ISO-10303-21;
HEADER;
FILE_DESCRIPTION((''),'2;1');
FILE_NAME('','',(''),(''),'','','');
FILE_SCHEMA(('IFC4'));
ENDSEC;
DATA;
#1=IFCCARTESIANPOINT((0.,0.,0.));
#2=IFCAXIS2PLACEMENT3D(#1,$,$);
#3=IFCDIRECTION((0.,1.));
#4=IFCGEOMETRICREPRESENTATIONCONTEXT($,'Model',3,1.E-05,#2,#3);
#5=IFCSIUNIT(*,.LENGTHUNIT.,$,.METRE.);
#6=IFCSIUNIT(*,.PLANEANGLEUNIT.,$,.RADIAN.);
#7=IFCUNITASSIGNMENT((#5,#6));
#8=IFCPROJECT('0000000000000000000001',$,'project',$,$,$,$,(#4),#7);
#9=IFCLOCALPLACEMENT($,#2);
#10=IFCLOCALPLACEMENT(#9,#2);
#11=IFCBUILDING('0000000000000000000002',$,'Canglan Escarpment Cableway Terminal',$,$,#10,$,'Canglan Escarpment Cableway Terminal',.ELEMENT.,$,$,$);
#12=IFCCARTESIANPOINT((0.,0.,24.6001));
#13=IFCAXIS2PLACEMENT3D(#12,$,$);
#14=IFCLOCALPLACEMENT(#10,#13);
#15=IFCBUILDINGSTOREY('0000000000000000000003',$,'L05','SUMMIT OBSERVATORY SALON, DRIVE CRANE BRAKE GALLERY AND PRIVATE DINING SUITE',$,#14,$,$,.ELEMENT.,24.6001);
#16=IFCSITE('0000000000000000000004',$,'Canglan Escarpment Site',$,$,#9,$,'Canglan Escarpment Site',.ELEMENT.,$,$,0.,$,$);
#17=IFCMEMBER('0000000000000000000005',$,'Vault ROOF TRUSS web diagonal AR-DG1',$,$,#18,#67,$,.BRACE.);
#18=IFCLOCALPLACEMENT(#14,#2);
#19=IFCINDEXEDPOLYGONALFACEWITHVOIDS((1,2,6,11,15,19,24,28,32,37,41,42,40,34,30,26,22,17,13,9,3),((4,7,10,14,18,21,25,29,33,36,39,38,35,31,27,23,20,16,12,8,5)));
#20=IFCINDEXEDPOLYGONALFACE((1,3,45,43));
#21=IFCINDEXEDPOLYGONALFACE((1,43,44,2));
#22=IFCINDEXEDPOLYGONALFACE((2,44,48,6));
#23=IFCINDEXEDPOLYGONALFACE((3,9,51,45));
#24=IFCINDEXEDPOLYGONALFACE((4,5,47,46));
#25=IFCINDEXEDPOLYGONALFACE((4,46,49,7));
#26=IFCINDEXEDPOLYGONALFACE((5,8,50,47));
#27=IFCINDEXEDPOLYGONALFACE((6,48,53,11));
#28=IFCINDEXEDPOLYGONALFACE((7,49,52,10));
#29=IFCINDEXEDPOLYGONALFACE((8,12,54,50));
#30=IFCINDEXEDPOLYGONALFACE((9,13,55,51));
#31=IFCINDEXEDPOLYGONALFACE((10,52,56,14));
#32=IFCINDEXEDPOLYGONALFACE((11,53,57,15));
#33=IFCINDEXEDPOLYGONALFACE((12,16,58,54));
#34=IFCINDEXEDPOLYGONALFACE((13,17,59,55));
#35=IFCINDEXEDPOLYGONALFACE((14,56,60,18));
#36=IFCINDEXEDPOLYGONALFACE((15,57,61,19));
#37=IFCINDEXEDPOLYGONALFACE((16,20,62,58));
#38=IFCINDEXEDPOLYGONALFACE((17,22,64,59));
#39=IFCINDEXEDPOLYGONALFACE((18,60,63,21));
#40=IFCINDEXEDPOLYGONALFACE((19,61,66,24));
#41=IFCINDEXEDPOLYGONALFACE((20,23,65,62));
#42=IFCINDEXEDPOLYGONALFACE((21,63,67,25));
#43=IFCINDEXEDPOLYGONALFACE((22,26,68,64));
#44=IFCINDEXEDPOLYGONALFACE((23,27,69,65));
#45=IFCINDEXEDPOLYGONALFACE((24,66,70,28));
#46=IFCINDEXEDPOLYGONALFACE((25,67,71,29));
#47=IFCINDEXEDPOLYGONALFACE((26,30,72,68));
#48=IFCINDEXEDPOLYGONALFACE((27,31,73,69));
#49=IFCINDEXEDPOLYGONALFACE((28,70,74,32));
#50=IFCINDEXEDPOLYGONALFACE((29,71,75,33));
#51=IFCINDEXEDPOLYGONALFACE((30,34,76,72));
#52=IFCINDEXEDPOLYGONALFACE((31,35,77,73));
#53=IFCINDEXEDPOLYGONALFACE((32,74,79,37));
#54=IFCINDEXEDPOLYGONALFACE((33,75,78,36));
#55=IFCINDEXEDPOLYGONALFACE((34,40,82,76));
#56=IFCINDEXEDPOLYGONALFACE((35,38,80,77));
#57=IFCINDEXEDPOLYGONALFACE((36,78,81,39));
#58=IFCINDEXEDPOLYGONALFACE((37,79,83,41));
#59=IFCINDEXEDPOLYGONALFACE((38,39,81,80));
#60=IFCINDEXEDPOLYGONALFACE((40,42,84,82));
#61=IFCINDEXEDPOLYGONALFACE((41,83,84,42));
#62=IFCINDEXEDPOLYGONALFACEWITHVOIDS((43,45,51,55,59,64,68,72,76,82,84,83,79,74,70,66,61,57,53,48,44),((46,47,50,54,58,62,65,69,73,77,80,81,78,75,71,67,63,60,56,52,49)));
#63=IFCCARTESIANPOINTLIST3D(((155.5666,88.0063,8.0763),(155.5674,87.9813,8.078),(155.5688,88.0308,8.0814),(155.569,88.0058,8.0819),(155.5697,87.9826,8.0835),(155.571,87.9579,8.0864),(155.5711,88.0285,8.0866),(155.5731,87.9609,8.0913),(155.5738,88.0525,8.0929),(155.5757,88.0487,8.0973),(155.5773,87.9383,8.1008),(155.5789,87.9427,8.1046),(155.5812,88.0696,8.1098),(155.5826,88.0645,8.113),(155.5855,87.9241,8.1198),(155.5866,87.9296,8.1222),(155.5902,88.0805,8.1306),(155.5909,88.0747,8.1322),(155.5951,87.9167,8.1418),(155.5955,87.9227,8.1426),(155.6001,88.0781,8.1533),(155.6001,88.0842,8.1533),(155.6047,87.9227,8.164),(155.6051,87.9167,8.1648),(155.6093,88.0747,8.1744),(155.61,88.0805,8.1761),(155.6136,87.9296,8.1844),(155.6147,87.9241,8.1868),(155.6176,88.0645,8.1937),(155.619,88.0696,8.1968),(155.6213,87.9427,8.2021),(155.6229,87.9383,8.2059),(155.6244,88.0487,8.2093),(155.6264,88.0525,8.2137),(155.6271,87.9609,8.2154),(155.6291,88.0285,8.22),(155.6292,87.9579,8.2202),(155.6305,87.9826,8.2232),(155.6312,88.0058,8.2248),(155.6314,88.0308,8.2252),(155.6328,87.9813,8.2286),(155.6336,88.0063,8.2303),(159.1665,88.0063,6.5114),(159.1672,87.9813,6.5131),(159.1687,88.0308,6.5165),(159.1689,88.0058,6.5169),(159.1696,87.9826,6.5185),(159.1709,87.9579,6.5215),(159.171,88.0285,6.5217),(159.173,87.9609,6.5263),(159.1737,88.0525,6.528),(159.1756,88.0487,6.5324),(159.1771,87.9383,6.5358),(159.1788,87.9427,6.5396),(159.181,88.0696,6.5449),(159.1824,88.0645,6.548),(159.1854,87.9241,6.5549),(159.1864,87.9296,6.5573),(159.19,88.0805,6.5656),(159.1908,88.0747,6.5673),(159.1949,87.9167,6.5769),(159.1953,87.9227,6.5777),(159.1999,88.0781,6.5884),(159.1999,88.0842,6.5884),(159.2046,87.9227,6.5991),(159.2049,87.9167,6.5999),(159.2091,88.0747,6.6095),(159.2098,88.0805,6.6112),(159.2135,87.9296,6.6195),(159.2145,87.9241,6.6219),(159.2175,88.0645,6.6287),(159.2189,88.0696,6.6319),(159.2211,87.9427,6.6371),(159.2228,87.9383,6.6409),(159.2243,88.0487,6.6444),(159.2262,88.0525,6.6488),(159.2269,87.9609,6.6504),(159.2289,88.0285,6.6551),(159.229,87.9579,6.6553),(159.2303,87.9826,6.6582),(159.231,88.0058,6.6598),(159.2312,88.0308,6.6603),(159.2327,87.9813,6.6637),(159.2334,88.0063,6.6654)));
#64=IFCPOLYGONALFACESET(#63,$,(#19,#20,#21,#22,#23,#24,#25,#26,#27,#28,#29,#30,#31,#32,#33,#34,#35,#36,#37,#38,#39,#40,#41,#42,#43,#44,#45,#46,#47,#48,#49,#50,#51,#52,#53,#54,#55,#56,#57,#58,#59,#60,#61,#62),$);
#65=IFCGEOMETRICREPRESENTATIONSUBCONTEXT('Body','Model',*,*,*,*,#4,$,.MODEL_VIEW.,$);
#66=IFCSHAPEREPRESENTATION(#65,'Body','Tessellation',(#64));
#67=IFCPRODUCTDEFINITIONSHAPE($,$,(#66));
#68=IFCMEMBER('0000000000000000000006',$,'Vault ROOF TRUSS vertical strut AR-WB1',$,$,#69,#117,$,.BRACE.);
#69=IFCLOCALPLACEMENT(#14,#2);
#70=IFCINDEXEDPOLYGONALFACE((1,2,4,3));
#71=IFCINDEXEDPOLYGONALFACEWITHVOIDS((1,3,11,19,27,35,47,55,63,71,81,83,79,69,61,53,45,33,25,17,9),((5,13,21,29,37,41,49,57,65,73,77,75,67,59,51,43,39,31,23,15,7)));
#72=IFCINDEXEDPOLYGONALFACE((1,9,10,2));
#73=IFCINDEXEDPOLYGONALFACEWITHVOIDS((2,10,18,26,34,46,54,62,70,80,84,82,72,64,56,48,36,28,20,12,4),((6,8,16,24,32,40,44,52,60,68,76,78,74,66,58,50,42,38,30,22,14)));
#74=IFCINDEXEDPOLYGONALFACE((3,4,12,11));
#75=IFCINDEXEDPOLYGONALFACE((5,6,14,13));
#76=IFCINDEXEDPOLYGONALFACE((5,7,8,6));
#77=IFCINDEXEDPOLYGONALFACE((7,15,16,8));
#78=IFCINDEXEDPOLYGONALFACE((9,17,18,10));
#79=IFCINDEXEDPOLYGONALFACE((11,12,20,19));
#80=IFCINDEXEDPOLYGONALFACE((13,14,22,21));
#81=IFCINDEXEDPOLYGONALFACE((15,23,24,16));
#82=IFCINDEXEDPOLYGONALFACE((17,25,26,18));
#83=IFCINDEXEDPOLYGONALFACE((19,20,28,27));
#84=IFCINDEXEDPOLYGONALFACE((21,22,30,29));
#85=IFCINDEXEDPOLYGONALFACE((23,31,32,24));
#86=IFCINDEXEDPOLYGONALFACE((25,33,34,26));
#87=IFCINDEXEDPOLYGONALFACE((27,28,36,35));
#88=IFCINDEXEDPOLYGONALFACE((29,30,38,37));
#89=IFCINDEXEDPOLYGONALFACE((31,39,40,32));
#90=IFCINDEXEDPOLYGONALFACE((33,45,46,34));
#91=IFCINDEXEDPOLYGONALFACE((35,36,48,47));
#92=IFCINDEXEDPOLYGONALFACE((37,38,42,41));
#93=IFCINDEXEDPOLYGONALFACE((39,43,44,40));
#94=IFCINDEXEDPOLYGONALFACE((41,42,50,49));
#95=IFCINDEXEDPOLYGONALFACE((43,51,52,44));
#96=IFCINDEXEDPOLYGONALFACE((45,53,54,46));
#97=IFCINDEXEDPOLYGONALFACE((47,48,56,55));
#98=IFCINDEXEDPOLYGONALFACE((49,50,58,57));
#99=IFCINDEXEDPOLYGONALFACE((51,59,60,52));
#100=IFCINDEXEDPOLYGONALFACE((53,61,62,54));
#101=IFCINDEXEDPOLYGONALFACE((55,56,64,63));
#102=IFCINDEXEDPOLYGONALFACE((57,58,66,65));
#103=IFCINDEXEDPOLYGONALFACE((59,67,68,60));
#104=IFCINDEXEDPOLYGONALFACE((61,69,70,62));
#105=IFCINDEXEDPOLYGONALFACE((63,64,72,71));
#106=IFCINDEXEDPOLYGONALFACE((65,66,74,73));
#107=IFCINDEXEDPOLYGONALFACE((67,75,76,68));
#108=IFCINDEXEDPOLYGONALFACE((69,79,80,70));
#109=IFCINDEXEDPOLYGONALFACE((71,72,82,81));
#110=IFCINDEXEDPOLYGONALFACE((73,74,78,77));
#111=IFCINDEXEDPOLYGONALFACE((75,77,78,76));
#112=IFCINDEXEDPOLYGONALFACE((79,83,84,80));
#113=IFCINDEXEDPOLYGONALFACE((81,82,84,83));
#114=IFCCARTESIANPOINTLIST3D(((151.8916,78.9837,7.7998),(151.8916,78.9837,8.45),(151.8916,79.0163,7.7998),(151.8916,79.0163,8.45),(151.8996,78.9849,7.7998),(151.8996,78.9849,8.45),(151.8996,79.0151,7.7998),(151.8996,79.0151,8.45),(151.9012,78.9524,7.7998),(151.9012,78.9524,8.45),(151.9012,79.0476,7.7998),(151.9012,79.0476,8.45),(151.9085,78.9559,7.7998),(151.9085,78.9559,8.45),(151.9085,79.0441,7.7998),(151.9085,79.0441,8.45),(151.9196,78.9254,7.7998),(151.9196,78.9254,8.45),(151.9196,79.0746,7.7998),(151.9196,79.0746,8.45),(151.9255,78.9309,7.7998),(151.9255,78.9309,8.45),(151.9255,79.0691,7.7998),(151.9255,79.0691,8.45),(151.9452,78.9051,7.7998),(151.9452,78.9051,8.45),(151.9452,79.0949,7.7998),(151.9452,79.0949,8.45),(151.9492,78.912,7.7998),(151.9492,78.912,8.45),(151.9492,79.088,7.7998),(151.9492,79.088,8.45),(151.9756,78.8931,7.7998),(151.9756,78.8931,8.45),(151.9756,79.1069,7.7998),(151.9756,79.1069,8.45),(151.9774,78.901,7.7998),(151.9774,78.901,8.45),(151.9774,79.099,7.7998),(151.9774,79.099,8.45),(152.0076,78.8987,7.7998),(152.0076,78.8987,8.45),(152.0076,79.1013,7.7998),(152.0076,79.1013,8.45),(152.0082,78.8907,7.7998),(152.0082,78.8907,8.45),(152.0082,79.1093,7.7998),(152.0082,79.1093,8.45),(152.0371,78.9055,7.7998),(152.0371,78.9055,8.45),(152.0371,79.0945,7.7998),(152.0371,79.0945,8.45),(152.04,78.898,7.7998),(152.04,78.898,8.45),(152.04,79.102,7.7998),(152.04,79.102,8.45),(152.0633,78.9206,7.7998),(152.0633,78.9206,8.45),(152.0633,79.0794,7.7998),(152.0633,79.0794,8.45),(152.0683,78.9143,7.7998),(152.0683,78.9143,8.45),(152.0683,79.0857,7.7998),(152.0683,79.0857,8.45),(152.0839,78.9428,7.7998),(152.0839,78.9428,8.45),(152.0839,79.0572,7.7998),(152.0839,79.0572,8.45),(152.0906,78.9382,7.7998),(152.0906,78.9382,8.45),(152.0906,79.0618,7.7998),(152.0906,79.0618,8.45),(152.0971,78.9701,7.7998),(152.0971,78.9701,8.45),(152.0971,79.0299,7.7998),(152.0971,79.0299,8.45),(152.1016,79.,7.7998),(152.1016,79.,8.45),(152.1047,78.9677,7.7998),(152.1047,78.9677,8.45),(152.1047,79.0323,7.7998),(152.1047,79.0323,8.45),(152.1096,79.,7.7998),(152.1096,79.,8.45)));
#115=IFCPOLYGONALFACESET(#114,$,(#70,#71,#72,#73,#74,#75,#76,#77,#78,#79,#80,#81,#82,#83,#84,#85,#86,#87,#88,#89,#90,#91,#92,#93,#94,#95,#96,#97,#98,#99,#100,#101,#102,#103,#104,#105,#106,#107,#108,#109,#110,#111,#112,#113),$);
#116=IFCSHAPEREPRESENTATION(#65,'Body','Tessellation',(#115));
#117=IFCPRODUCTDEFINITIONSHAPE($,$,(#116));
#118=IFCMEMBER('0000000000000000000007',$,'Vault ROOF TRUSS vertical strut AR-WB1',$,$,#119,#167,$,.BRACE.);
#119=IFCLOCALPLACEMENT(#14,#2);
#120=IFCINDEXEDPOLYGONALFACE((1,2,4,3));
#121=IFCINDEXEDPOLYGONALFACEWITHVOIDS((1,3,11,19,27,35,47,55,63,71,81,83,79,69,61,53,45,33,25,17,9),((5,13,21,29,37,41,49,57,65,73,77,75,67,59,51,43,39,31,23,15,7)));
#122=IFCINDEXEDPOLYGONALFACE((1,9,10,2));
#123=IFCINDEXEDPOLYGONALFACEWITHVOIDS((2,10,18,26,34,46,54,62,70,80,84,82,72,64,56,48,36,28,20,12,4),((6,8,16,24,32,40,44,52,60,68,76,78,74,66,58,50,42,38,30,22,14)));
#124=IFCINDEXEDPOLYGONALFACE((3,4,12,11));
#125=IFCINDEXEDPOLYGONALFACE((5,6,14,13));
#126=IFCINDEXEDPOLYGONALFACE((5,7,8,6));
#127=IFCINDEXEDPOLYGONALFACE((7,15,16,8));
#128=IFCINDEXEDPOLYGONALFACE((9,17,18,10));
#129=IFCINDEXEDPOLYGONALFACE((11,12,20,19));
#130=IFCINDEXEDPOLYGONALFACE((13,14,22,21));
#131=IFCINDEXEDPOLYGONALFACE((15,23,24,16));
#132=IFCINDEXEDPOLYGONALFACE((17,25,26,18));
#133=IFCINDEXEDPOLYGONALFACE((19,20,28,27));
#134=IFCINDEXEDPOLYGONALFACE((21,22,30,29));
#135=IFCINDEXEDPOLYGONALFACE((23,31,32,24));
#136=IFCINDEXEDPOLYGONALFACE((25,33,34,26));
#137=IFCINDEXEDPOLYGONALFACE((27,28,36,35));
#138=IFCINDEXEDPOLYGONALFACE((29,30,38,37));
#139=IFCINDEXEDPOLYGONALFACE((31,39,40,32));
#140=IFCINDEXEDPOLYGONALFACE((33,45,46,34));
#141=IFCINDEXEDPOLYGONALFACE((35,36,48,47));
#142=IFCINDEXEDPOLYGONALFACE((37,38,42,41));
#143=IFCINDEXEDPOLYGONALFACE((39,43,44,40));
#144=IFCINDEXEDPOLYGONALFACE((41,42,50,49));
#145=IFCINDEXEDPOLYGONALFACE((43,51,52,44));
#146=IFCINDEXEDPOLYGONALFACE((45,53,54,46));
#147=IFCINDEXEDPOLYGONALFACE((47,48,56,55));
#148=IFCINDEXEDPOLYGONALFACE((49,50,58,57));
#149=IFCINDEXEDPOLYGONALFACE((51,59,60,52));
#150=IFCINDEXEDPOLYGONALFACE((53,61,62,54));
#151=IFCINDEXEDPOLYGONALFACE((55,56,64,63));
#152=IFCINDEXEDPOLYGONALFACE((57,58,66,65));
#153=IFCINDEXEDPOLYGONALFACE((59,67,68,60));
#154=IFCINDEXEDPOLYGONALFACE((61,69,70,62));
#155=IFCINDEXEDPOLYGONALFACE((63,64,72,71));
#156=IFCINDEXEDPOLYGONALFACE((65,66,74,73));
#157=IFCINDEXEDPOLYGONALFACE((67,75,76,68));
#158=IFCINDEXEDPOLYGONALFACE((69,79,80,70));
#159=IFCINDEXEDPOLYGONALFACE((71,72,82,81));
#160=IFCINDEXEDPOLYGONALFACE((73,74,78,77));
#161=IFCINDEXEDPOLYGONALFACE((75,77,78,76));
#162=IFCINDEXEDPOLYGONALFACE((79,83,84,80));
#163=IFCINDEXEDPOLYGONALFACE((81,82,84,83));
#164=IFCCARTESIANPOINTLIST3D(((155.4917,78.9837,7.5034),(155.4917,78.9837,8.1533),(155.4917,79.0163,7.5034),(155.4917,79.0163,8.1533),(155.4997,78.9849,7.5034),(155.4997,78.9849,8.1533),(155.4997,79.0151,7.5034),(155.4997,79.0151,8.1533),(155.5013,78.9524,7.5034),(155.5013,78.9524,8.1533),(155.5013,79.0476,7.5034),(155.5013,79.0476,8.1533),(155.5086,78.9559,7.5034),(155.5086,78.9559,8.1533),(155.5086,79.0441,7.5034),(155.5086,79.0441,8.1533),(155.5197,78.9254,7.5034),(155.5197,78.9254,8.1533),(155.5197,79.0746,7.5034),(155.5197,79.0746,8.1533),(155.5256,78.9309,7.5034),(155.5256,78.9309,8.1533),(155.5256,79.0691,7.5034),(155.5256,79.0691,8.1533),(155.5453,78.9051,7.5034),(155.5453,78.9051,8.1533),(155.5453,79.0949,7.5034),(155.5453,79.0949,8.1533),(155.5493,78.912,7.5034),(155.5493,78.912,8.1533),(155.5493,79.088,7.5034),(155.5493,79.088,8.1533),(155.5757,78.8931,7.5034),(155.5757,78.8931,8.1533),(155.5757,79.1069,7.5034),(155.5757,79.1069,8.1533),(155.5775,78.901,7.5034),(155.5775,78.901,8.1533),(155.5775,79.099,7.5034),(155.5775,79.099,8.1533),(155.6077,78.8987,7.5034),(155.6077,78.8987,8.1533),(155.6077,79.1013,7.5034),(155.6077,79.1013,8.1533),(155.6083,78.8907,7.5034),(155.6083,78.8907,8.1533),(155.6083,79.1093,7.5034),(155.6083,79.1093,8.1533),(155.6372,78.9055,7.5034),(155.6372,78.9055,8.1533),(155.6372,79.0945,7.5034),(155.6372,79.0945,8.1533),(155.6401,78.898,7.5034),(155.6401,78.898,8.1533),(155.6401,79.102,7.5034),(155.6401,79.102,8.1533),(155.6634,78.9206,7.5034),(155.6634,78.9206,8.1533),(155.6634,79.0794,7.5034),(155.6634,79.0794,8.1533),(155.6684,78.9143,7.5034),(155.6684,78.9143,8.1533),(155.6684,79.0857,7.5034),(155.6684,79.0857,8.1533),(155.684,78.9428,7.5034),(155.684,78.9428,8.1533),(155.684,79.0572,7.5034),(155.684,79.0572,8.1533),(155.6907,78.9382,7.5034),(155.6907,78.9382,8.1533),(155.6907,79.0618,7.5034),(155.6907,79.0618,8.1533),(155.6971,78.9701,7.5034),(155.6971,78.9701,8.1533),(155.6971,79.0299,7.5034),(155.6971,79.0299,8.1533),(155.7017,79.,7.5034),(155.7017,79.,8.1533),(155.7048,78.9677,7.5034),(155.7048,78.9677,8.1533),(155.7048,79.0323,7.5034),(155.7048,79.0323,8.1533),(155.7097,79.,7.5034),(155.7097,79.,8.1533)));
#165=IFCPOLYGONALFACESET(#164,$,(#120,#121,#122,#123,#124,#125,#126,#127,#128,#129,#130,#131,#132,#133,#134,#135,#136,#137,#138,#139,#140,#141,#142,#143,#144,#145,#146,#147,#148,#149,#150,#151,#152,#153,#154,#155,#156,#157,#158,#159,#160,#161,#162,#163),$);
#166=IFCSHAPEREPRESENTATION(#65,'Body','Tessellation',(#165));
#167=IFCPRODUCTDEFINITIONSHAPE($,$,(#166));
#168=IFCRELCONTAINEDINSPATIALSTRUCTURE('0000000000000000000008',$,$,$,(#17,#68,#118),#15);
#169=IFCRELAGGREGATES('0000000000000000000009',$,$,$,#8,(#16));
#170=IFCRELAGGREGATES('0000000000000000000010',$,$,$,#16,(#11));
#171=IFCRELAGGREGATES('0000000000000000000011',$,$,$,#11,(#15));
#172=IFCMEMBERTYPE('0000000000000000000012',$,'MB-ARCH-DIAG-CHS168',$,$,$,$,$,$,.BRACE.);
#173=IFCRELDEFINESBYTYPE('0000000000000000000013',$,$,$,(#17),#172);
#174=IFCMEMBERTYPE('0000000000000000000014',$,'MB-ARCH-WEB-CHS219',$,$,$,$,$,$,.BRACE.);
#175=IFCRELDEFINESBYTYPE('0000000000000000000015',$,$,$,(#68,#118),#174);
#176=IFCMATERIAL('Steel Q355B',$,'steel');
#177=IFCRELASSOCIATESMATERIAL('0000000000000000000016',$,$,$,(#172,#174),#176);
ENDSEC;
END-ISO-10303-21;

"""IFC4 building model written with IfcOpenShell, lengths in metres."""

from ifc_helpers import new_model, si_unit, direction, frame, origin, origin_2d, place, context, subcontext, project, spatial, hollow_circle, extrude, material, material_profile, profile_set, type_object, element, save


model = new_model("IFC4")

# Units and contexts
model_context = context("Model", 3, precision=1e-05, world=origin(), true_north=direction((0.0, 1.0)))
body_context = subcontext(model_context, "Body", "Model", "MODEL_VIEW")
ifc_project = project(units=[si_unit("LENGTHUNIT", "METRE"), si_unit("PLANEANGLEUNIT", "RADIAN")], contexts=[model_context])

# Site, building, storey
site_placement = place(None, origin())
site = spatial("IfcSite", under=ifc_project, at=site_placement, Name="Canglan Escarpment Site", LongName="Canglan Escarpment Site", CompositionType="ELEMENT", RefElevation=0.0)
building_placement = place(site_placement, origin())
building = spatial("IfcBuilding", under=site, at=building_placement, Name="Canglan Escarpment Cableway Terminal", LongName="Canglan Escarpment Cableway Terminal", CompositionType="ELEMENT")
storey_placement = place(building_placement, frame((0.0, 0.0, 24.6001)))
storey = spatial("IfcBuildingStorey", under=building, at=storey_placement, Name="L05", Description="SUMMIT OBSERVATORY SALON, DRIVE CRANE BRAKE GALLERY AND PRIVATE DINING SUITE", CompositionType="ELEMENT", Elevation=24.6001)

# Shared definitions
ifc_material = material(Name="Steel Q355B", Category="steel")

# Members
ifc_material_profile_1 = material_profile(ifc_material, hollow_circle(Radius=0.0842, WallThickness=0.0061, at=origin_2d()), Name="CHS 168.3x6")
ifc_profile_set_1 = profile_set([ifc_material_profile_1], Name="Steel Q355B")
member_type_1 = type_object("IfcMemberType", Name="MB-ARCH-DIAG-CHS168", PredefinedType="BRACE", material=ifc_profile_set_1)
member_1_placement = place(storey_placement, frame((155.6001, 88.0, 8.1533), z_axis=(0.91709, 0.0, -0.398681), x_axis=(0.0, 1.0, 0.0)))
element("IfcMember", 1, at=member_1_placement, inside=storey, type_object=member_type_1, Name="Vault ROOF TRUSS web diagonal AR-DG1", PredefinedType="BRACE", context=body_context, shape_type="SweptSolid", body=[
    extrude(hollow_circle(Radius=0.0842, WallThickness=0.0061, at=origin_2d()), origin(), (0.0, 0.0, 1.0), 3.9253),
])
ifc_material_profile_2 = material_profile(ifc_material, hollow_circle(Radius=0.1096, WallThickness=0.0081, at=origin_2d()), Name="CHS 219.1x8")
ifc_profile_set_2 = profile_set([ifc_material_profile_2], Name="Steel Q355B")
member_type_2 = type_object("IfcMemberType", Name="MB-ARCH-WEB-CHS219", PredefinedType="BRACE", material=ifc_profile_set_2)
member_2_placement = place(storey_placement, frame((152.0, 79.0, 7.7998), z_axis=(0.0, 0.0, 1.0), x_axis=(1.0, 0.0, 0.0)))
element("IfcMember", 2, at=member_2_placement, inside=storey, type_object=member_type_2, Name="Vault ROOF TRUSS vertical strut AR-WB1", PredefinedType="BRACE", context=body_context, shape_type="SweptSolid", body=[
    extrude(hollow_circle(Radius=0.1096, WallThickness=0.0081, at=origin_2d()), origin(), (0.0, 0.0, 1.0), 0.6501),
])
member_3_placement = place(storey_placement, frame((155.6001, 79.0, 7.5034), z_axis=(0.0, 0.0, 1.0), x_axis=(1.0, 0.0, 0.0)))
element("IfcMember", 3, at=member_3_placement, inside=storey, type_object=member_type_2, Name="Vault ROOF TRUSS vertical strut AR-WB1", PredefinedType="BRACE", context=body_context, shape_type="SweptSolid", body=[
    extrude(hollow_circle(Radius=0.1096, WallThickness=0.0081, at=origin_2d()), origin(), (0.0, 0.0, 1.0), 0.6499),
])

save(model, "model.ifc")
